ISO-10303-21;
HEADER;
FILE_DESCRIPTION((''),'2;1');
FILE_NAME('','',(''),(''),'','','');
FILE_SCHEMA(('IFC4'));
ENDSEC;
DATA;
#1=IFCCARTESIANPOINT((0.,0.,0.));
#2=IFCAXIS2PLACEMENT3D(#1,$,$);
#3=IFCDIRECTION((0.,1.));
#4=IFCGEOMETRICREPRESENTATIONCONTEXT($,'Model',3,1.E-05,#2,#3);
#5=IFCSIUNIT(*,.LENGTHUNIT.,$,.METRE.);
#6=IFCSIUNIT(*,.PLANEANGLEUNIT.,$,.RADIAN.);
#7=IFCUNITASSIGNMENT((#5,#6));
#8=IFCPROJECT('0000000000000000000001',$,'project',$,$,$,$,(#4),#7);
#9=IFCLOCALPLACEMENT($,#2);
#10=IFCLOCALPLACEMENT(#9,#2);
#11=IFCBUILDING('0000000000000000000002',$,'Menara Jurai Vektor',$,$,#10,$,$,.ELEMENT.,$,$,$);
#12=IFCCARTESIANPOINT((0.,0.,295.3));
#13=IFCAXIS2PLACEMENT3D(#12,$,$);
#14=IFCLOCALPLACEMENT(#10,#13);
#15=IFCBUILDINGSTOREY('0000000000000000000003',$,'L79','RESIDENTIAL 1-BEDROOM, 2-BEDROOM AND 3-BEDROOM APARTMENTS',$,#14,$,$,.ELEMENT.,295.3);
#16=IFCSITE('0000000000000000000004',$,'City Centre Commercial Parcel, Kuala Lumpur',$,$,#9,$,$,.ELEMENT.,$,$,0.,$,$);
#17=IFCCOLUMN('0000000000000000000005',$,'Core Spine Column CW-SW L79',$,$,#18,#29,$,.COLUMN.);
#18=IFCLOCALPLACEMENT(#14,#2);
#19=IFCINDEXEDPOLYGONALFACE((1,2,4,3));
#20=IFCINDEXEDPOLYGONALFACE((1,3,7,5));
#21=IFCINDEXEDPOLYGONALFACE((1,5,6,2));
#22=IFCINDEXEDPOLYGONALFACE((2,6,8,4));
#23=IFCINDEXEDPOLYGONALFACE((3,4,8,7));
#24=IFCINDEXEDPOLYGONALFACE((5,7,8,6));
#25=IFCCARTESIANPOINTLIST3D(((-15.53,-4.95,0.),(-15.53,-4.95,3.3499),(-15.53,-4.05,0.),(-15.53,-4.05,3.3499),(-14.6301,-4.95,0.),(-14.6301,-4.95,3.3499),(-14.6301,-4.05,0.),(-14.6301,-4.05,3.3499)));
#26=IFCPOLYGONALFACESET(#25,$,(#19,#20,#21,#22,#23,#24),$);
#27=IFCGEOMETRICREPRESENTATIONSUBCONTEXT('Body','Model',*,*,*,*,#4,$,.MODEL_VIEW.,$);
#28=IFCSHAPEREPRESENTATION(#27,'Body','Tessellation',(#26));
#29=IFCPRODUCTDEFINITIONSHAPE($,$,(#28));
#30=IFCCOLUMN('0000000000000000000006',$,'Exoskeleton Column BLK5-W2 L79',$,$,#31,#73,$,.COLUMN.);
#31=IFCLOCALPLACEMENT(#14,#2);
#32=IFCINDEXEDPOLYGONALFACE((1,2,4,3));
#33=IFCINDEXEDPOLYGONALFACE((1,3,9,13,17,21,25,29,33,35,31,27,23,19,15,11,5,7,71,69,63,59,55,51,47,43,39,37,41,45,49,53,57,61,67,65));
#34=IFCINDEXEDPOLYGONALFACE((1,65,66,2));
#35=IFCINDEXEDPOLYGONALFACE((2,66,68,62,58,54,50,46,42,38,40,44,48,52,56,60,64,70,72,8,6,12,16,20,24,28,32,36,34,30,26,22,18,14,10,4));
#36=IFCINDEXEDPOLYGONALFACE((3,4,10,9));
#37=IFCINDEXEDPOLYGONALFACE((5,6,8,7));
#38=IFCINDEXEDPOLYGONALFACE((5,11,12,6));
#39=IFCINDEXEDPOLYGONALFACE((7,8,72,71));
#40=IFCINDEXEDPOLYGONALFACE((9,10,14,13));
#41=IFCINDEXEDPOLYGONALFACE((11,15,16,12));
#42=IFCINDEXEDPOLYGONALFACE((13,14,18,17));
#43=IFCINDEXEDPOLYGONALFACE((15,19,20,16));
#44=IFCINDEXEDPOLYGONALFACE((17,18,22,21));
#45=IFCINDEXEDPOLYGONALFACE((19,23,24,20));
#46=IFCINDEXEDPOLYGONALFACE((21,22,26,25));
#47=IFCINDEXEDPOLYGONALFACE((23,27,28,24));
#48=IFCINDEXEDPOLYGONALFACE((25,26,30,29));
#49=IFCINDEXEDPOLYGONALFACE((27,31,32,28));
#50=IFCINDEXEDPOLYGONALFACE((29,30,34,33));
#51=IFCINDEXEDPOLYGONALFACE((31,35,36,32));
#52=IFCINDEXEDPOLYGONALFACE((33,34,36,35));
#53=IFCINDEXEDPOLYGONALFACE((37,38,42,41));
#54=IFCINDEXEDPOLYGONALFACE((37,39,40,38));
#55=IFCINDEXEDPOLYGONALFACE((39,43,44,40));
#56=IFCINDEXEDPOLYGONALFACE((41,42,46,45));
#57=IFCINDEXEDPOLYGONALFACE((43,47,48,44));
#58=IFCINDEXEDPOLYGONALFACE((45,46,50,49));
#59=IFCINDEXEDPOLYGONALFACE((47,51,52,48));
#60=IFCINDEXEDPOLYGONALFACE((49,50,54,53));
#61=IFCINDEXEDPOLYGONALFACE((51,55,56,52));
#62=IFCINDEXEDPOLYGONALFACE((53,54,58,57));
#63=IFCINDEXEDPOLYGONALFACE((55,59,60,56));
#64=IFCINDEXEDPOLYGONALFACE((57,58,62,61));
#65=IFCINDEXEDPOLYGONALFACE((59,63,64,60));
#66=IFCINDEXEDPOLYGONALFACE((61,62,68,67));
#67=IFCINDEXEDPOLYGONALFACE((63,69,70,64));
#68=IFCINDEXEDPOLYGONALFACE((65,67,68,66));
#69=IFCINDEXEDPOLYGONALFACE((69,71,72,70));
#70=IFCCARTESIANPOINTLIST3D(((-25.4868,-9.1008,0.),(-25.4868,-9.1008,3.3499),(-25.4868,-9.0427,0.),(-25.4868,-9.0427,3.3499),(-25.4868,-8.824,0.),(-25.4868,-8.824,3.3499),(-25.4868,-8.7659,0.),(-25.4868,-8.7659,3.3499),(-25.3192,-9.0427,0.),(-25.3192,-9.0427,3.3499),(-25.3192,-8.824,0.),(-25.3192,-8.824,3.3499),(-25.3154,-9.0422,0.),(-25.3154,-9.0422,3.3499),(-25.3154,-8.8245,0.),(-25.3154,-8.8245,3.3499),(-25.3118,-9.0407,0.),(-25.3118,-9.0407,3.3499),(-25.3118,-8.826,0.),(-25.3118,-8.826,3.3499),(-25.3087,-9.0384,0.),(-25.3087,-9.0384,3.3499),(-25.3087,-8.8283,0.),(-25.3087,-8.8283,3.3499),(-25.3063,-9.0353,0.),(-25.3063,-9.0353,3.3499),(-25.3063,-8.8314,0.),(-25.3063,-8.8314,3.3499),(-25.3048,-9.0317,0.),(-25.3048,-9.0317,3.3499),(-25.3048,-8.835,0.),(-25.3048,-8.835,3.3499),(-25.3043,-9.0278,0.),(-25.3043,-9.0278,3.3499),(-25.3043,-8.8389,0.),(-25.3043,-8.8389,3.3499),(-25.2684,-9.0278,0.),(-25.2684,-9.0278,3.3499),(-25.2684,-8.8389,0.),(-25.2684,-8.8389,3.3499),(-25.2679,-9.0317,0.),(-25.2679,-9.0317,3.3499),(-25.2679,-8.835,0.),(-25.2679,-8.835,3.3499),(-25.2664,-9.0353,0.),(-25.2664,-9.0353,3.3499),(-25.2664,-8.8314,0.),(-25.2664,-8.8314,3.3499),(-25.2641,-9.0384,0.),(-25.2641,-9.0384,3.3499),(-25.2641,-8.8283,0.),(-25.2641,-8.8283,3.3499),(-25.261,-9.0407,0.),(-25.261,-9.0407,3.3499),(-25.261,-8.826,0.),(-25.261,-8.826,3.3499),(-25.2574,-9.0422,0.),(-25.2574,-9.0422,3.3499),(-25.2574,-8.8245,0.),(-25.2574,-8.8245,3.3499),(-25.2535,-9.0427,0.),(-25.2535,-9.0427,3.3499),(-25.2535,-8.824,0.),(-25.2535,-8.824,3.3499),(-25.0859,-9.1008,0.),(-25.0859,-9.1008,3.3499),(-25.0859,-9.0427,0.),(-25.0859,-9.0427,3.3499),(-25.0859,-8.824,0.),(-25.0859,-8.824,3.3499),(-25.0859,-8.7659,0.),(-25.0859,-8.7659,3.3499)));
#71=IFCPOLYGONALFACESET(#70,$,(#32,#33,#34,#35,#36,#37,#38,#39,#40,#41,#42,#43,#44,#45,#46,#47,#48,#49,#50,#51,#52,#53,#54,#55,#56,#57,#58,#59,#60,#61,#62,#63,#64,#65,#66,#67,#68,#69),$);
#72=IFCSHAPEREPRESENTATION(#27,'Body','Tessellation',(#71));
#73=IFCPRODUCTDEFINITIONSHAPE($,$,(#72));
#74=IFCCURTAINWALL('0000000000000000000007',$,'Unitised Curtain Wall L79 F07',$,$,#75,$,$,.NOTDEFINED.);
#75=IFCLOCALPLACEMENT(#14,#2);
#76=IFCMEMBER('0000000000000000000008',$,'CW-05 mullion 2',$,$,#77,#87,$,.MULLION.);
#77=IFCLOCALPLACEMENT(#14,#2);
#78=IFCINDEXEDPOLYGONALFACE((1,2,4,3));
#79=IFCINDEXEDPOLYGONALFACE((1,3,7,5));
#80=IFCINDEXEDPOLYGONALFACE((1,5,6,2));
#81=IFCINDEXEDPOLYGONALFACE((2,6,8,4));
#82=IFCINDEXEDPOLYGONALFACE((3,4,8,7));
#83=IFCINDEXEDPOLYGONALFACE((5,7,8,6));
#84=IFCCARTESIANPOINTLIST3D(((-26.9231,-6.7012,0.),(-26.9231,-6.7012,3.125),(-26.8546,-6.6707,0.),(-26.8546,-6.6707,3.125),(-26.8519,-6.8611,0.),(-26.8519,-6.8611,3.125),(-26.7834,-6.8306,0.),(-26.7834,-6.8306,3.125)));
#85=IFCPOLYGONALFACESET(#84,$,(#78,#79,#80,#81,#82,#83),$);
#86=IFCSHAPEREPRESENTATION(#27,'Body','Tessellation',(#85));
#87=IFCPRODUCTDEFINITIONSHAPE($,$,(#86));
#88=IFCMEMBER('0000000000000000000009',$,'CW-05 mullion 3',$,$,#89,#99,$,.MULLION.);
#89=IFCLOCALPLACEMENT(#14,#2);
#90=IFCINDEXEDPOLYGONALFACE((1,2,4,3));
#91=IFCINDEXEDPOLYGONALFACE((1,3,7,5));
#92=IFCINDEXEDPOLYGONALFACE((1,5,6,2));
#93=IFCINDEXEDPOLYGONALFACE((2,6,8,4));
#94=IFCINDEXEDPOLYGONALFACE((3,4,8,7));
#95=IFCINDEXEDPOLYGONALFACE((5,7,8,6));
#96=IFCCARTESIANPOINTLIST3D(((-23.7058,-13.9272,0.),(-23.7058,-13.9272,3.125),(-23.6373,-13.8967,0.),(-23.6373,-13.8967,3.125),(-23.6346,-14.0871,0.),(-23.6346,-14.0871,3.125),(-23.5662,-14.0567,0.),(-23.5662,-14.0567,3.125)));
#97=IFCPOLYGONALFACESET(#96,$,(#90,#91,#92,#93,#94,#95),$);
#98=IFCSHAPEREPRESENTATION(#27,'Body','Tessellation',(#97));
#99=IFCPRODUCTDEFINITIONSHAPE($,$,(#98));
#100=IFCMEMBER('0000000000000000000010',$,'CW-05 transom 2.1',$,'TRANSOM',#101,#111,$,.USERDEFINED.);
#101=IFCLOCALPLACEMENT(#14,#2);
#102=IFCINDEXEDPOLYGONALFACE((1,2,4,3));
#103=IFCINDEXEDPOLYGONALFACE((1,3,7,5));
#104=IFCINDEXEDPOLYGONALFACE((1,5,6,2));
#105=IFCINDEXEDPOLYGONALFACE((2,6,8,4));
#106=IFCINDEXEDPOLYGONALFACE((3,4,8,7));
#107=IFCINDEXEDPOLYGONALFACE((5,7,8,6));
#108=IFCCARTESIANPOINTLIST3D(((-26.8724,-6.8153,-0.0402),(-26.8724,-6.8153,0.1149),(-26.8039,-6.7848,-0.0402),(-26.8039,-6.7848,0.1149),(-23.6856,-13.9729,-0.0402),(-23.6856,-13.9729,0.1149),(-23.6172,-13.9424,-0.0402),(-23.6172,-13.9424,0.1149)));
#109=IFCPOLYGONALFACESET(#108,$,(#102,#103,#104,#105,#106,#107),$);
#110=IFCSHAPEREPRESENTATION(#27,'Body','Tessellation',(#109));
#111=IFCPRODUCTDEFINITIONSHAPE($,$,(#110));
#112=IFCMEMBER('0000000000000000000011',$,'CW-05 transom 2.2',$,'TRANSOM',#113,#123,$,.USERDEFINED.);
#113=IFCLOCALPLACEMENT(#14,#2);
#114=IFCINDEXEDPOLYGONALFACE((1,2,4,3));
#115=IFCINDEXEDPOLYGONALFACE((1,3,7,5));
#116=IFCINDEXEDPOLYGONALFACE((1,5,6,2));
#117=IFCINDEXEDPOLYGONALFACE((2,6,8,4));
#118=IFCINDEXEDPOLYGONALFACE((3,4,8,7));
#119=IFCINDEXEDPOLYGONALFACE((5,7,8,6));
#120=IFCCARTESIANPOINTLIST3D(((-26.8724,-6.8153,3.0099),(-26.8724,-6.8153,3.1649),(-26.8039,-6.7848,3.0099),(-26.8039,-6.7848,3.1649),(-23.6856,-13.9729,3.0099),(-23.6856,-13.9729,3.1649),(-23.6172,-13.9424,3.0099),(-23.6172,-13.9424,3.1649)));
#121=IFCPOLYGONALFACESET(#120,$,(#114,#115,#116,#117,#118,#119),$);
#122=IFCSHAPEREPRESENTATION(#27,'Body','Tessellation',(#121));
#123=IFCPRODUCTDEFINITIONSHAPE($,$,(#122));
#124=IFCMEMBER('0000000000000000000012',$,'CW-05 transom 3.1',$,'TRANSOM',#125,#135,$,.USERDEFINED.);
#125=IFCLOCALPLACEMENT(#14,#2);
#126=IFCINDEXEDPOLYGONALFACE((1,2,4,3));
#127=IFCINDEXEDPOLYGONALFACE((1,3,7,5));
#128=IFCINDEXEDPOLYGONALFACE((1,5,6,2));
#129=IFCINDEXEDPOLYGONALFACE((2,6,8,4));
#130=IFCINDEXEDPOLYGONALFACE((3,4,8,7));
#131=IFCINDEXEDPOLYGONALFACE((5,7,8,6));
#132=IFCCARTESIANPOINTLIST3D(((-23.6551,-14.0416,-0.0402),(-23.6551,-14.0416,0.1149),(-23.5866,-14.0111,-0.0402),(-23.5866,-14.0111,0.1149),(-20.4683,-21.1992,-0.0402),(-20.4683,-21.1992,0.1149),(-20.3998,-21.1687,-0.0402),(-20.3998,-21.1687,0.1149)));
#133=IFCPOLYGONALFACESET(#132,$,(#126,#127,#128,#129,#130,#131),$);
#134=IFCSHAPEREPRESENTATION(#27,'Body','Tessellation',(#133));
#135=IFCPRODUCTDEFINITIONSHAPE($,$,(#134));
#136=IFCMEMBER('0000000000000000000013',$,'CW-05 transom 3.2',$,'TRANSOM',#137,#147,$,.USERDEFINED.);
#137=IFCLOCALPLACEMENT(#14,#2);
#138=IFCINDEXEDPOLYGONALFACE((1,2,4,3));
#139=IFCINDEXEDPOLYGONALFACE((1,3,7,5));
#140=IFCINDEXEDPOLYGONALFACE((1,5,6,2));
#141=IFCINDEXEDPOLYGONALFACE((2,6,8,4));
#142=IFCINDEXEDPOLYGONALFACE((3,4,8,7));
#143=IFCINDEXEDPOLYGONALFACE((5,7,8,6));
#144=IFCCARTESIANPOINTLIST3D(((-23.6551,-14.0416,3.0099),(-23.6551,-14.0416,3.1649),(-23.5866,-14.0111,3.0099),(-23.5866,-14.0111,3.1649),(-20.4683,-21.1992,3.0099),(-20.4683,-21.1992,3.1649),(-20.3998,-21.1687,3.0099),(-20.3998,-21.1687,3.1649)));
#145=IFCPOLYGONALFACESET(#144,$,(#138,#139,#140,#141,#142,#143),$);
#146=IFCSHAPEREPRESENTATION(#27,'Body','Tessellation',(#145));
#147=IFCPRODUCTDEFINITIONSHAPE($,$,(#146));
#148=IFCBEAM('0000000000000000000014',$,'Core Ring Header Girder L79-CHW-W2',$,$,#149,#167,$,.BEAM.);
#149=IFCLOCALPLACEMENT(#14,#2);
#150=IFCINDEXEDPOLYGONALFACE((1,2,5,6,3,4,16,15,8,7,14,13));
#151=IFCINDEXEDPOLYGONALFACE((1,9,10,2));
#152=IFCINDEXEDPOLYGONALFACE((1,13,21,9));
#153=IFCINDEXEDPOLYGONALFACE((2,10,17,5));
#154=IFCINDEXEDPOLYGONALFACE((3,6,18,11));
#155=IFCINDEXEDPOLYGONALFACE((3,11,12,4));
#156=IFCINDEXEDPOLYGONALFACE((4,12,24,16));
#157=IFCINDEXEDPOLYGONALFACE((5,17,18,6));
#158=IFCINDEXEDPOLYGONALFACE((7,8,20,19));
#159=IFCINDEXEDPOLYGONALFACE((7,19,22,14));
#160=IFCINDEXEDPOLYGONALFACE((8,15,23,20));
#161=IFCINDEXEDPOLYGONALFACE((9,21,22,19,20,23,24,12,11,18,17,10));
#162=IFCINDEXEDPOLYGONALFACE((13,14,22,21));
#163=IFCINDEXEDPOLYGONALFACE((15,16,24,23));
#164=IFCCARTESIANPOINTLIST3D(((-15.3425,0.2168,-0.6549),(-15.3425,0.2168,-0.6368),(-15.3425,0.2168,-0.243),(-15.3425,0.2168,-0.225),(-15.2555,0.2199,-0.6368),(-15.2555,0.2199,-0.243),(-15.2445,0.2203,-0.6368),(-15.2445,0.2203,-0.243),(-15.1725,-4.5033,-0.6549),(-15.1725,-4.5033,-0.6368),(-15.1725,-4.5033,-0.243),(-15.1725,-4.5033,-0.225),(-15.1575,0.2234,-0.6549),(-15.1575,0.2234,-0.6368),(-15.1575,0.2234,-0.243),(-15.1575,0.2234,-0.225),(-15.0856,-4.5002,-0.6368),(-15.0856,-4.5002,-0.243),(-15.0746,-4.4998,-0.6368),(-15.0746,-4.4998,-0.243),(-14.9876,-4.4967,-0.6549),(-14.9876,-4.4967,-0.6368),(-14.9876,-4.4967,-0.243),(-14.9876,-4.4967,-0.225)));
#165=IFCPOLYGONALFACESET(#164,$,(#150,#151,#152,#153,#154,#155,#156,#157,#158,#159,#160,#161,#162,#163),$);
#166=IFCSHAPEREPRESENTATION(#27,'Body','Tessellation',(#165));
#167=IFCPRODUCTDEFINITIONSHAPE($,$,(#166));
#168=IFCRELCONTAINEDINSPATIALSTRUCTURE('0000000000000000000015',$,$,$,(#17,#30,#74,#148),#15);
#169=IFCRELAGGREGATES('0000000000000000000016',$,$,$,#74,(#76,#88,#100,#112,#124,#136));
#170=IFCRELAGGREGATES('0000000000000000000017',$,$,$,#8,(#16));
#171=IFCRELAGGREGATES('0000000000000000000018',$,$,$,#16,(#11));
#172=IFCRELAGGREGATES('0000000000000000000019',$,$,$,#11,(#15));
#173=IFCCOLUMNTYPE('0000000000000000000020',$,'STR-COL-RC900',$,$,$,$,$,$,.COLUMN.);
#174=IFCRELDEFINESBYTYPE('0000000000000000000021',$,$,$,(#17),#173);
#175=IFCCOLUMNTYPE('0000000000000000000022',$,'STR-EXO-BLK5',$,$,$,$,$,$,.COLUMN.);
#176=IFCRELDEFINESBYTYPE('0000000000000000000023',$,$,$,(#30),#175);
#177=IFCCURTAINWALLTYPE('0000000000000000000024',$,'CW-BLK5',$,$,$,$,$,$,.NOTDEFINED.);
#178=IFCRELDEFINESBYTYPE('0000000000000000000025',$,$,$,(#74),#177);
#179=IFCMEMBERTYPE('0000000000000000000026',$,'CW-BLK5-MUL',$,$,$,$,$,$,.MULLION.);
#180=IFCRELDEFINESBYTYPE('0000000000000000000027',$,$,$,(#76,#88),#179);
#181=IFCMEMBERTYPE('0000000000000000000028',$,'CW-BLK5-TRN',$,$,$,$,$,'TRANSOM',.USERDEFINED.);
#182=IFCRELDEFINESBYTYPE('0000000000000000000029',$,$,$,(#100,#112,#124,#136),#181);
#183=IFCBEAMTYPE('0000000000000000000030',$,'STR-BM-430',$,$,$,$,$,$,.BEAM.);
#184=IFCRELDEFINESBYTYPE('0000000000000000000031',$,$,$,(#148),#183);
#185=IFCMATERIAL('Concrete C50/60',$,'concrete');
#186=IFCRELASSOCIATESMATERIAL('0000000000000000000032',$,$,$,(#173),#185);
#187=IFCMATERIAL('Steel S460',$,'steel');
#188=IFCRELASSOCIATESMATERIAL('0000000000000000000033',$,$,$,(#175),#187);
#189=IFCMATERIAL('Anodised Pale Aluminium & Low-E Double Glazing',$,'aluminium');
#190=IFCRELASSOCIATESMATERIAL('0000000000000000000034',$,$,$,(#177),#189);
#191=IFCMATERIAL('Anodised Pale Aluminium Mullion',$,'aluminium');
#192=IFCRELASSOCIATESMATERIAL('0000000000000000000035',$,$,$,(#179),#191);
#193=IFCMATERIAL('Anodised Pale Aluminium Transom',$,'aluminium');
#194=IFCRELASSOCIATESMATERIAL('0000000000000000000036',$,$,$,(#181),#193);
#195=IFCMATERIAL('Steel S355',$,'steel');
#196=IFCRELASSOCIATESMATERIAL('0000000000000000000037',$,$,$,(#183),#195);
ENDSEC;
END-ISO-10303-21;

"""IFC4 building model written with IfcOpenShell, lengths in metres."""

from ifc_helpers import new_model, si_unit, direction, frame, origin, origin_2d, place, context, subcontext, project, spatial, rectangle, i_section, extrude, material, material_profile, profile_set, type_object, element, aggregate, save


model = new_model("IFC4")

# Units and contexts
model_context = context("Model", 3, precision=1e-05, world=origin(), true_north=direction((0.0, 1.0)))
body_context = subcontext(model_context, "Body", "Model", "MODEL_VIEW")
ifc_project = project(units=[si_unit("LENGTHUNIT", "METRE"), si_unit("PLANEANGLEUNIT", "RADIAN")], contexts=[model_context])

# Site, building, storey
site_placement = place(None, origin())
site = spatial("IfcSite", under=ifc_project, at=site_placement, Name="City Centre Commercial Parcel, Kuala Lumpur", CompositionType="ELEMENT", RefElevation=0.0)
building_placement = place(site_placement, origin())
building = spatial("IfcBuilding", under=site, at=building_placement, Name="Menara Jurai Vektor", CompositionType="ELEMENT")
storey_placement = place(building_placement, frame((0.0, 0.0, 295.3)))
storey = spatial("IfcBuildingStorey", under=building, at=storey_placement, Name="L79", Description="RESIDENTIAL 1-BEDROOM, 2-BEDROOM AND 3-BEDROOM APARTMENTS", CompositionType="ELEMENT", Elevation=295.3)

# Columns
ifc_material_1 = material(Name="Concrete C50/60", Category="concrete")
ifc_material_profile_1 = material_profile(ifc_material_1, rectangle(XDim=0.8999, YDim=0.8999, at=origin_2d()), Name="RC 900x900")
ifc_profile_set_1 = profile_set([ifc_material_profile_1], Name="Concrete C50/60")
column_type_1 = type_object("IfcColumnType", Name="STR-COL-RC900", PredefinedType="COLUMN", material=ifc_profile_set_1)
column_1_placement = place(storey_placement, frame((-15.0801, -4.5, 0.0), z_axis=(0.0, 0.0, 1.0), x_axis=(1.0, 0.0, 0.0)))
element("IfcColumn", 1, at=column_1_placement, inside=storey, type_object=column_type_1, Name="Core Spine Column CW-SW L79", PredefinedType="COLUMN", context=body_context, shape_type="SweptSolid", body=[
    extrude(rectangle(XDim=0.8999, YDim=0.8999, at=origin_2d()), origin(), (0.0, 0.0, 1.0), 3.3499),
])
ifc_material_2 = material(Name="Steel S460", Category="steel")
ifc_material_profile_2 = material_profile(ifc_material_2, i_section(OverallWidth=0.4009, OverallDepth=0.335, WebThickness=0.0359, FlangeThickness=0.0581, FilletRadius=0.0149, at=origin_2d()), Name="HD 400x463")
ifc_profile_set_2 = profile_set([ifc_material_profile_2], Name="Steel S460")
column_type_2 = type_object("IfcColumnType", Name="STR-EXO-BLK5", PredefinedType="COLUMN", material=ifc_profile_set_2)
column_2_placement = place(storey_placement, frame((-25.2864, -8.9333, 0.0), z_axis=(0.0, 0.0, 1.0), x_axis=(1.0, 0.0, 0.0)))
element("IfcColumn", 2, at=column_2_placement, inside=storey, type_object=column_type_2, Name="Exoskeleton Column BLK5-W2 L79", PredefinedType="COLUMN", context=body_context, shape_type="SweptSolid", body=[
    extrude(i_section(OverallWidth=0.4009, OverallDepth=0.335, WebThickness=0.0359, FlangeThickness=0.0581, FilletRadius=0.0149, at=origin_2d()), origin(), (0.0, 0.0, 1.0), 3.3499),
])

# Curtain wall, members
ifc_material_3 = material(Name="Anodised Pale Aluminium & Low-E Double Glazing", Category="aluminium")
curtain_wall_type = type_object("IfcCurtainWallType", Name="CW-BLK5", PredefinedType="NOTDEFINED", material=ifc_material_3)
curtain_wall_placement = place(storey_placement, origin())
curtain_wall = element("IfcCurtainWall", 3, at=curtain_wall_placement, inside=storey, type_object=curtain_wall_type, Name="Unitised Curtain Wall L79 F07", PredefinedType="NOTDEFINED")
ifc_material_4 = material(Name="Anodised Pale Aluminium Mullion", Category="aluminium")
ifc_material_profile_3 = material_profile(ifc_material_4, rectangle(XDim=0.075, YDim=0.175, at=origin_2d()), Name="ALU MUL 75x175")
ifc_profile_set_3 = profile_set([ifc_material_profile_3], Name="Anodised Pale Aluminium Mullion")
member_type_1 = type_object("IfcMemberType", Name="CW-BLK5-MUL", PredefinedType="MULLION", material=ifc_profile_set_3)
member_1_placement = place(storey_placement, frame((-26.8533, -6.7659, 0.0), z_axis=(0.0, 0.0, 1.0), x_axis=(0.913546, 0.406735, 0.0)))
member_1 = element("IfcMember", 4, at=member_1_placement, type_object=member_type_1, Name="CW-05 mullion 2", PredefinedType="MULLION", context=body_context, shape_type="SweptSolid", body=[
    extrude(rectangle(XDim=0.075, YDim=0.175, at=origin_2d()), origin(), (0.0, 0.0, 1.0), 3.125),
])
member_2_placement = place(storey_placement, frame((-23.636, -13.9919, 0.0), z_axis=(0.0, 0.0, 1.0), x_axis=(0.913546, 0.406735, 0.0)))
member_2 = element("IfcMember", 5, at=member_2_placement, type_object=member_type_1, Name="CW-05 mullion 3", PredefinedType="MULLION", context=body_context, shape_type="SweptSolid", body=[
    extrude(rectangle(XDim=0.075, YDim=0.175, at=origin_2d()), origin(), (0.0, 0.0, 1.0), 3.125),
])
ifc_material_5 = material(Name="Anodised Pale Aluminium Transom", Category="aluminium")
ifc_material_profile_4 = material_profile(ifc_material_5, rectangle(XDim=0.075, YDim=0.155, at=origin_2d()), Name="ALU TRN 75x155")
ifc_profile_set_4 = profile_set([ifc_material_profile_4], Name="Anodised Pale Aluminium Transom")
member_type_2 = type_object("IfcMemberType", Name="CW-BLK5-TRN", ElementType="TRANSOM", PredefinedType="USERDEFINED", material=ifc_profile_set_4)
member_3_placement = place(storey_placement, frame((-26.8381, -6.8, 0.0374), z_axis=(0.406731, -0.913548, 0.0), x_axis=(0.913548, 0.406731, 0.0)))
member_3 = element("IfcMember", 6, at=member_3_placement, type_object=member_type_2, Name="CW-05 transom 2.1", ObjectType="TRANSOM", PredefinedType="USERDEFINED", context=body_context, shape_type="SweptSolid", body=[
    extrude(rectangle(XDim=0.075, YDim=0.155, at=origin_2d()), origin(), (0.0, 0.0, 1.0), 7.835),
])
member_4_placement = place(storey_placement, frame((-26.8381, -6.8, 3.0874), z_axis=(0.406731, -0.913548, 0.0), x_axis=(0.913548, 0.406731, 0.0)))
member_4 = element("IfcMember", 7, at=member_4_placement, type_object=member_type_2, Name="CW-05 transom 2.2", ObjectType="TRANSOM", PredefinedType="USERDEFINED", context=body_context, shape_type="SweptSolid", body=[
    extrude(rectangle(XDim=0.075, YDim=0.155, at=origin_2d()), origin(), (0.0, 0.0, 1.0), 7.835),
])
member_5_placement = place(storey_placement, frame((-23.6208, -14.0264, 0.0374), z_axis=(0.406743, -0.913543, 0.0), x_axis=(0.913543, 0.406743, 0.0)))
member_5 = element("IfcMember", 8, at=member_5_placement, type_object=member_type_2, Name="CW-05 transom 3.1", ObjectType="TRANSOM", PredefinedType="USERDEFINED", context=body_context, shape_type="SweptSolid", body=[
    extrude(rectangle(XDim=0.075, YDim=0.155, at=origin_2d()), origin(), (0.0, 0.0, 1.0), 7.835),
])
member_6_placement = place(storey_placement, frame((-23.6208, -14.0264, 3.0874), z_axis=(0.406743, -0.913543, 0.0), x_axis=(0.913543, 0.406743, 0.0)))
member_6 = element("IfcMember", 9, at=member_6_placement, type_object=member_type_2, Name="CW-05 transom 3.2", ObjectType="TRANSOM", PredefinedType="USERDEFINED", context=body_context, shape_type="SweptSolid", body=[
    extrude(rectangle(XDim=0.075, YDim=0.155, at=origin_2d()), origin(), (0.0, 0.0, 1.0), 7.835),
])

# Beam
ifc_material_6 = material(Name="Steel S355", Category="steel")
ifc_material_profile_5 = material_profile(ifc_material_6, i_section(OverallWidth=0.1851, OverallDepth=0.4299, WebThickness=0.011, FlangeThickness=0.0181, at=origin_2d()), Name="PG 430x185x76")
ifc_profile_set_5 = profile_set([ifc_material_profile_5], Name="Steel S355")
beam_type_1 = type_object("IfcBeamType", Name="STR-BM-430", PredefinedType="BEAM", material=ifc_profile_set_5)
beam_1_placement = place(storey_placement, frame((-15.0801, -4.5, -0.4399), z_axis=(-0.035977, 0.999353, 0.0), x_axis=(-0.999353, -0.035977, 0.0)))
element("IfcBeam", 10, at=beam_1_placement, inside=storey, type_object=beam_type_1, Name="Core Ring Header Girder L79-CHW-W2", PredefinedType="BEAM", context=body_context, shape_type="SweptSolid", body=[
    extrude(i_section(OverallWidth=0.1851, OverallDepth=0.4299, WebThickness=0.011, FlangeThickness=0.0181, at=origin_2d()), origin(), (0.0, 0.0, 1.0), 4.7231),
])

aggregate(curtain_wall, [member_1, member_2, member_3, member_4, member_5, member_6])

save(model, "model.ifc")
